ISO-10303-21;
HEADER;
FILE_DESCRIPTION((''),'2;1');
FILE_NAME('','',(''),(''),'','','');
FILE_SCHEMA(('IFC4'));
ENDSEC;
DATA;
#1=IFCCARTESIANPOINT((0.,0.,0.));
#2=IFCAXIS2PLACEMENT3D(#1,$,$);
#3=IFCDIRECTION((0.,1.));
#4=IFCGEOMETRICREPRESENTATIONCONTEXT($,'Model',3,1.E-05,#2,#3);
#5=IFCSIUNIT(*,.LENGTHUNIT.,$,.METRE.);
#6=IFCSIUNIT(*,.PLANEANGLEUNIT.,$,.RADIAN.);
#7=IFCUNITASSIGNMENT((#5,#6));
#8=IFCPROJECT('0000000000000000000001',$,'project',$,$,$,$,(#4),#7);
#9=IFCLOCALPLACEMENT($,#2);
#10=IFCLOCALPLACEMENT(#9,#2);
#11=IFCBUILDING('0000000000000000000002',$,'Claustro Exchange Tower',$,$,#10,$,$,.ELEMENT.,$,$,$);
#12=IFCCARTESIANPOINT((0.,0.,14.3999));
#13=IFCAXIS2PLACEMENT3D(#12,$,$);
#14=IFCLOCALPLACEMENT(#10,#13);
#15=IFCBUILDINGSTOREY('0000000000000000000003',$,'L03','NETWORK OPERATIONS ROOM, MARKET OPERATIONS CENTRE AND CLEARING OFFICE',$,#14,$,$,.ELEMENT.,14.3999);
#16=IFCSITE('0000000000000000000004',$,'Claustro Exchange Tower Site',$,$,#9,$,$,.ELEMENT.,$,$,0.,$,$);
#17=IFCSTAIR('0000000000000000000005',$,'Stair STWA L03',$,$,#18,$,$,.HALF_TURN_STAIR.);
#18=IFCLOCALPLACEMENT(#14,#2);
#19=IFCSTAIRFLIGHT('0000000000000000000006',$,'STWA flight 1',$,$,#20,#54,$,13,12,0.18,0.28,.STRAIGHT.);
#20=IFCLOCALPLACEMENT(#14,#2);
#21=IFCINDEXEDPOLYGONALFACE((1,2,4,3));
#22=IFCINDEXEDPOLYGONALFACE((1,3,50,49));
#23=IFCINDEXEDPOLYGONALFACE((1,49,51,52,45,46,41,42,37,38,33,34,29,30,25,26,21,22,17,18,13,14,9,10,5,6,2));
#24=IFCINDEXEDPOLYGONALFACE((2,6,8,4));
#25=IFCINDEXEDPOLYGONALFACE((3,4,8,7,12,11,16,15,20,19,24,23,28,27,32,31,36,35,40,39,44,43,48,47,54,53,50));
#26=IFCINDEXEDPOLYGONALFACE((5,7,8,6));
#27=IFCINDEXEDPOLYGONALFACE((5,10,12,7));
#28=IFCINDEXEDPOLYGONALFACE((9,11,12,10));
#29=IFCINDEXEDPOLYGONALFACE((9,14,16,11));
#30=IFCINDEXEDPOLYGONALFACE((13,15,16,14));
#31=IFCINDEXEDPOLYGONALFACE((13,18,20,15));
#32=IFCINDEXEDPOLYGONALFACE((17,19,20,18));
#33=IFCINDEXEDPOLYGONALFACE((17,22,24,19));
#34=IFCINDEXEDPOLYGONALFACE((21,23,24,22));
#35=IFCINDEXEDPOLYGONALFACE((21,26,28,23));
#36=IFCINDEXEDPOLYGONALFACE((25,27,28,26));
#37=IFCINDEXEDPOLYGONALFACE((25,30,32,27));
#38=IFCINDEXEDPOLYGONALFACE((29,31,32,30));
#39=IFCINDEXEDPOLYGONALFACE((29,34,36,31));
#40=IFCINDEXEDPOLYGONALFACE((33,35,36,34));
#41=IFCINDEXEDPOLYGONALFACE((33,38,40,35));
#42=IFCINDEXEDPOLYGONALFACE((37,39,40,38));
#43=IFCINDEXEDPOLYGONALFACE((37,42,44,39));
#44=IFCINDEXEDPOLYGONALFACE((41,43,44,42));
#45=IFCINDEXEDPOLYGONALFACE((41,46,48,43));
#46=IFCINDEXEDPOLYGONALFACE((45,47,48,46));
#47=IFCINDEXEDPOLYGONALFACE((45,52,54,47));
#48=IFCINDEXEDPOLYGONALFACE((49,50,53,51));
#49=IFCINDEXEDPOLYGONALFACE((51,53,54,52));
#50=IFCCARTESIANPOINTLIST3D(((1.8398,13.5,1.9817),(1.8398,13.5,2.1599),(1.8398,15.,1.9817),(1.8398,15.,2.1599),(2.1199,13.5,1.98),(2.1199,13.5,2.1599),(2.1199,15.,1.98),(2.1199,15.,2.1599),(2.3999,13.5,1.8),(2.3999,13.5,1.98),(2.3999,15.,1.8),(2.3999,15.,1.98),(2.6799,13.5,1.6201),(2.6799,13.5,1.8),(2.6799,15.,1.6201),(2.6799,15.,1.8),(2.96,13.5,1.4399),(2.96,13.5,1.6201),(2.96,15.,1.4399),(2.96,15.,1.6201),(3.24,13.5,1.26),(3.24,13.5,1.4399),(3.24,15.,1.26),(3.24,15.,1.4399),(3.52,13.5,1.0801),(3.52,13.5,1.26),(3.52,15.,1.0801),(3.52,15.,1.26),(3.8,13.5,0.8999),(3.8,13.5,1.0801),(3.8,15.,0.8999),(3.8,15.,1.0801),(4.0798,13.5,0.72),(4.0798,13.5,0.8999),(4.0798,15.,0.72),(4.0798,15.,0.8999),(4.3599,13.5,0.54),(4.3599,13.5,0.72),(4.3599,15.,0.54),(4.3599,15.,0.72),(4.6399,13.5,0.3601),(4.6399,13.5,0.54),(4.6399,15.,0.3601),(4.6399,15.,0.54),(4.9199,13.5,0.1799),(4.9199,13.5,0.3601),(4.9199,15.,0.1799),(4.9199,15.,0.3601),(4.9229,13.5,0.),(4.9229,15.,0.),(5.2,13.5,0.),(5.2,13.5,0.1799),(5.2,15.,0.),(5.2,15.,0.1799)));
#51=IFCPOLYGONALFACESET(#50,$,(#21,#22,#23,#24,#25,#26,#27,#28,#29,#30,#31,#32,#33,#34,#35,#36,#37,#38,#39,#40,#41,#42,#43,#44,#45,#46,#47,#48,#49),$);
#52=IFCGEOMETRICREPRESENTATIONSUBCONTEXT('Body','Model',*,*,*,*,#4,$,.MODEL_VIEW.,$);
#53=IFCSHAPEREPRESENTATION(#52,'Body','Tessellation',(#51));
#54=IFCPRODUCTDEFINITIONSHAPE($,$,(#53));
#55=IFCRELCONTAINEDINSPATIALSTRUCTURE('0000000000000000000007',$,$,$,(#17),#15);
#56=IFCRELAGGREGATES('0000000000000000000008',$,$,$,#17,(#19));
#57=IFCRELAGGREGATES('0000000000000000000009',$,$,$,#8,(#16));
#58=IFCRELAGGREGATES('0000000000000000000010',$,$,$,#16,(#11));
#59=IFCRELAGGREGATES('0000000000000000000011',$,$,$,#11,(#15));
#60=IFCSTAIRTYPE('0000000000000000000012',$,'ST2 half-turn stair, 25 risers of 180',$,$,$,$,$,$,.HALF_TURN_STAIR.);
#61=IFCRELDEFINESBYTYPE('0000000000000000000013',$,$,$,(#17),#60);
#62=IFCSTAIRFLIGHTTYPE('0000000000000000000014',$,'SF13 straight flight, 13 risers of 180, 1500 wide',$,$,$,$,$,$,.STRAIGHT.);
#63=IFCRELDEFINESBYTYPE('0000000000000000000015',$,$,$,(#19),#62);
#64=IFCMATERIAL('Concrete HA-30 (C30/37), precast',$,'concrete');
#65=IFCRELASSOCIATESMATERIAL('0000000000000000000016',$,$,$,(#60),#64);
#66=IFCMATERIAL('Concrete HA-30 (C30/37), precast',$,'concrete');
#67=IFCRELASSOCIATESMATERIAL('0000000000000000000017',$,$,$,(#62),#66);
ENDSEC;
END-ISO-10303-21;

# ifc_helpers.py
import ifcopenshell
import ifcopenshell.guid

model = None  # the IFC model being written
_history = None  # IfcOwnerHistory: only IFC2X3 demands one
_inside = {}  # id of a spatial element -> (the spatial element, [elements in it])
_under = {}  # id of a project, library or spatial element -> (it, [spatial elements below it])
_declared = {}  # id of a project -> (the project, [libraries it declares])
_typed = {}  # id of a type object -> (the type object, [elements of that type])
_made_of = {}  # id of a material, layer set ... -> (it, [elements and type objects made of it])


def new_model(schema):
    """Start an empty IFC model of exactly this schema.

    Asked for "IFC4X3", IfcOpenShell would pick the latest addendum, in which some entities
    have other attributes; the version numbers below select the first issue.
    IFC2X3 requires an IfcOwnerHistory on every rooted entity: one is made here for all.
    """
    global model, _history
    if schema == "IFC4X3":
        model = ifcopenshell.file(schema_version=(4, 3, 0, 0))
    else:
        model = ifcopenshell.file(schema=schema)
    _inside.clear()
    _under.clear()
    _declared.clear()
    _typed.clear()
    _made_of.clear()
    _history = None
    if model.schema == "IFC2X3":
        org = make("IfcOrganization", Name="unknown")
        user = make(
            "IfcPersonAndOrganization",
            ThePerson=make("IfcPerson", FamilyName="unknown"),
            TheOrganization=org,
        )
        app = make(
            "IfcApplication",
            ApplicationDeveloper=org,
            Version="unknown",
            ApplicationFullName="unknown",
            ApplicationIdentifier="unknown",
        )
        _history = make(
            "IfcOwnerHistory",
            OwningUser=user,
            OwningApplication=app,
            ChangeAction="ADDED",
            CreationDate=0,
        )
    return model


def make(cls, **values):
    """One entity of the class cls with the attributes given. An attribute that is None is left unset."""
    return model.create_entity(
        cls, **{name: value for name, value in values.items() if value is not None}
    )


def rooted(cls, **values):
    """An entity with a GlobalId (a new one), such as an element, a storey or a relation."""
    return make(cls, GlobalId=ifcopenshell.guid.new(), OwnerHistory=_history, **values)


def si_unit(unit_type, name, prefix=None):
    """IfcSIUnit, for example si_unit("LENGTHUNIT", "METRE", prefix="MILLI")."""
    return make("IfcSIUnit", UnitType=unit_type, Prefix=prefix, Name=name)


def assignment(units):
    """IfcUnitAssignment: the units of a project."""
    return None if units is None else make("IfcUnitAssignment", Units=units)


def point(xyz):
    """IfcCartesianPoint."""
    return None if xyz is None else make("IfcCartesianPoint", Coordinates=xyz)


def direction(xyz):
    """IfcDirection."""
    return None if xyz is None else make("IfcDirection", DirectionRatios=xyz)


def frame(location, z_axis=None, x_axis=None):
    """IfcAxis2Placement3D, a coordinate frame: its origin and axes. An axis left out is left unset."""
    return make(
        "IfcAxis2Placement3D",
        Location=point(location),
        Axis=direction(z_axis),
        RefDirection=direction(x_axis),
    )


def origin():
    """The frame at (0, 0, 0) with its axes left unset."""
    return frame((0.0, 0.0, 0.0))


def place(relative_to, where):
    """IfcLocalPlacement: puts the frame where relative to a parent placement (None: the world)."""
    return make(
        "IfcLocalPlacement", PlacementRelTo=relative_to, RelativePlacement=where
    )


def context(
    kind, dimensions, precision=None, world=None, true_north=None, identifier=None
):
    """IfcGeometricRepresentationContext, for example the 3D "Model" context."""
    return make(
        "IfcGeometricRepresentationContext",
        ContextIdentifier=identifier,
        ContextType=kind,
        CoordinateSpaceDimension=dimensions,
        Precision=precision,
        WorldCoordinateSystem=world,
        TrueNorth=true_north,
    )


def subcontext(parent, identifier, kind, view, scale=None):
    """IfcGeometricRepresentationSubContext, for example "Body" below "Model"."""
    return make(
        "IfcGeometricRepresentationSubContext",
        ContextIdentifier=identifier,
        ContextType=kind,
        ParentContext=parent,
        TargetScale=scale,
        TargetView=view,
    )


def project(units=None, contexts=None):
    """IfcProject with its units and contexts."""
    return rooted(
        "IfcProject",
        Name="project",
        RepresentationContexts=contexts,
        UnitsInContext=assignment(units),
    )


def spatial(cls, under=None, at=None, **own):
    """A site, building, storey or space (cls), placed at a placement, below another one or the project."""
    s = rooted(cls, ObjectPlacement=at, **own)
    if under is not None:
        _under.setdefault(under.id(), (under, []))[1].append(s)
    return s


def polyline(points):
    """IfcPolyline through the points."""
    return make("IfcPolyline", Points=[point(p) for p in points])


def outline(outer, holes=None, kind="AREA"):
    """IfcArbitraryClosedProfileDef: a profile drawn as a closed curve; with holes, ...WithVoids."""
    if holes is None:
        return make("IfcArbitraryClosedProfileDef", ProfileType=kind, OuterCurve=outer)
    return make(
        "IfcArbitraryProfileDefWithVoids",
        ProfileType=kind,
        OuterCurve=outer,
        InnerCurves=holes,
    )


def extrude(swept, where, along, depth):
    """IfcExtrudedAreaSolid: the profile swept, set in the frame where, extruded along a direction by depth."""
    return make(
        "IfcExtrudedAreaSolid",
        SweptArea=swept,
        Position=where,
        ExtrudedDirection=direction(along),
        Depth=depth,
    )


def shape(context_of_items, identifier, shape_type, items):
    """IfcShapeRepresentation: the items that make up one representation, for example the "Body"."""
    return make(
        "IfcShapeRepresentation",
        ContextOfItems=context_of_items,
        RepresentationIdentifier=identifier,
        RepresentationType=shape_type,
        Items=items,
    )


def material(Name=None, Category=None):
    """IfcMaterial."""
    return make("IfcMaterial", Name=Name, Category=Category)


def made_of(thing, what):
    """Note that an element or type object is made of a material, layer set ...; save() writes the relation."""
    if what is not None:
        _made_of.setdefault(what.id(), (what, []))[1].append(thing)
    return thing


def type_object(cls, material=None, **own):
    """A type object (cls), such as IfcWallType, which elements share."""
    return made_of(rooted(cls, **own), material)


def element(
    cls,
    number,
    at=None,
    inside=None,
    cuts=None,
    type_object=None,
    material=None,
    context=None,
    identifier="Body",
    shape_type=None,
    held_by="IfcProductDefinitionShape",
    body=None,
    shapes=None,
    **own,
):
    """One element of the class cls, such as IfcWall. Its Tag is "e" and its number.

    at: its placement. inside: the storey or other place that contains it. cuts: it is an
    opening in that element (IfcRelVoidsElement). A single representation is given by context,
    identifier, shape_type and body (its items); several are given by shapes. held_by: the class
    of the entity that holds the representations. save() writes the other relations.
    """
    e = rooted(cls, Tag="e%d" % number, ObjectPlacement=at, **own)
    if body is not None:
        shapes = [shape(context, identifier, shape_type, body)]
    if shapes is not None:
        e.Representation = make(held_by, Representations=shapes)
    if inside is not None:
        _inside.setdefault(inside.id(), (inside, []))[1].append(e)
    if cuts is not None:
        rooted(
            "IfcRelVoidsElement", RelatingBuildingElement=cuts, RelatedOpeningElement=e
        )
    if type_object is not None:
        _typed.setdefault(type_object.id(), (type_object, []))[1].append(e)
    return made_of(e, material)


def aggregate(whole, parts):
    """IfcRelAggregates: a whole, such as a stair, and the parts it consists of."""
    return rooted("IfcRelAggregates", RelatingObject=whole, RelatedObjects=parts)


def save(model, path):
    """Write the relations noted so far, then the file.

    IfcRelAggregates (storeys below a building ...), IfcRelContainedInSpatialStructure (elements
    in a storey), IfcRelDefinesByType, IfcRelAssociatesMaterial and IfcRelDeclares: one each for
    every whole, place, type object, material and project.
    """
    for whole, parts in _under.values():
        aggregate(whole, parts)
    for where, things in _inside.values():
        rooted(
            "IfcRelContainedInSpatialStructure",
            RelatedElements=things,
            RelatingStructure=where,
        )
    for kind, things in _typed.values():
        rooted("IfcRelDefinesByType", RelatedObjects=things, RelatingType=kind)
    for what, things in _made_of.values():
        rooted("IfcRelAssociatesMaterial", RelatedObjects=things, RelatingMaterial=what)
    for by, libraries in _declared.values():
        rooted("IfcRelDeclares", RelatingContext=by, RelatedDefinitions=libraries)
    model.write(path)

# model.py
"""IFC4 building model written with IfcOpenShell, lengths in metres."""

from ifc_helpers import new_model, si_unit, direction, frame, origin, place, context, subcontext, project, spatial, polyline, outline, extrude, material, type_object, element, aggregate, save


model = new_model("IFC4")

# Units and contexts
model_context = context("Model", 3, precision=1e-05, world=origin(), true_north=direction((0.0, 1.0)))
body_context = subcontext(model_context, "Body", "Model", "MODEL_VIEW")
ifc_project = project(units=[si_unit("LENGTHUNIT", "METRE"), si_unit("PLANEANGLEUNIT", "RADIAN")], contexts=[model_context])

# Site, building, storey
site_placement = place(None, origin())
site = spatial("IfcSite", under=ifc_project, at=site_placement, Name="Claustro Exchange Tower Site", CompositionType="ELEMENT", RefElevation=0.0)
building_placement = place(site_placement, origin())
building = spatial("IfcBuilding", under=site, at=building_placement, Name="Claustro Exchange Tower", CompositionType="ELEMENT")
storey_placement = place(building_placement, frame((0.0, 0.0, 14.3999)))
storey = spatial("IfcBuildingStorey", under=building, at=storey_placement, Name="L03", Description="NETWORK OPERATIONS ROOM, MARKET OPERATIONS CENTRE AND CLEARING OFFICE", CompositionType="ELEMENT", Elevation=14.3999)

# Stair, stair flight
ifc_material_1 = material(Name="Concrete HA-30 (C30/37), precast", Category="concrete")
stair_type = type_object("IfcStairType", Name="ST2 half-turn stair, 25 risers of 180", PredefinedType="HALF_TURN_STAIR", material=ifc_material_1)
stair_placement = place(storey_placement, origin())
stair = element("IfcStair", 1, at=stair_placement, inside=storey, type_object=stair_type, Name="Stair STWA L03", PredefinedType="HALF_TURN_STAIR")
ifc_material_2 = material(Name="Concrete HA-30 (C30/37), precast", Category="concrete")
stair_flight_type_1 = type_object("IfcStairFlightType", Name="SF13 straight flight, 13 risers of 180, 1500 wide", PredefinedType="STRAIGHT", material=ifc_material_2)
stair_flight_1_placement = place(storey_placement, frame((5.2, 14.25, 0.0), z_axis=(0.0, 0.0, 1.0), x_axis=(-1.0, 0.0, 0.0)))
stair_flight_1 = element("IfcStairFlight", 2, at=stair_flight_1_placement, type_object=stair_flight_type_1, Name="STWA flight 1", NumberOfRisers=13, NumberOfTreads=12, PredefinedType="STRAIGHT", RiserHeight=0.18, TreadLength=0.28, context=body_context, shape_type="SweptSolid", body=[
    extrude(outline(polyline([(0.0, 0.0), (0.0, 0.1799), (0.28, 0.1799), (0.28, 0.3601), (0.5601, 0.3601), (0.5601, 0.54), (0.8401, 0.54), (0.8401, 0.72), (1.1201, 0.72), (1.1201, 0.8999), (1.3999, 0.8999), (1.3999, 1.0801), (1.6799, 1.0801), (1.6799, 1.26), (1.96, 1.26), (1.96, 1.4399), (2.24, 1.4399), (2.24, 1.6201), (2.52, 1.6201), (2.52, 1.8), (2.8, 1.8), (2.8, 1.98), (3.0801, 1.98), (3.0801, 2.1599), (3.3601, 2.1599), (3.3601, 2.3401), (3.3601, 1.9817), (0.2771, 0.0), (0.0, 0.0)])), frame((0.0, 0.75, 0.0), z_axis=(0.0, -1.0, 0.0), x_axis=(1.0, 0.0, 0.0)), (0.0, 0.0, 1.0), 1.5),
])
aggregate(stair, [stair_flight_1])

save(model, "model.ifc")
